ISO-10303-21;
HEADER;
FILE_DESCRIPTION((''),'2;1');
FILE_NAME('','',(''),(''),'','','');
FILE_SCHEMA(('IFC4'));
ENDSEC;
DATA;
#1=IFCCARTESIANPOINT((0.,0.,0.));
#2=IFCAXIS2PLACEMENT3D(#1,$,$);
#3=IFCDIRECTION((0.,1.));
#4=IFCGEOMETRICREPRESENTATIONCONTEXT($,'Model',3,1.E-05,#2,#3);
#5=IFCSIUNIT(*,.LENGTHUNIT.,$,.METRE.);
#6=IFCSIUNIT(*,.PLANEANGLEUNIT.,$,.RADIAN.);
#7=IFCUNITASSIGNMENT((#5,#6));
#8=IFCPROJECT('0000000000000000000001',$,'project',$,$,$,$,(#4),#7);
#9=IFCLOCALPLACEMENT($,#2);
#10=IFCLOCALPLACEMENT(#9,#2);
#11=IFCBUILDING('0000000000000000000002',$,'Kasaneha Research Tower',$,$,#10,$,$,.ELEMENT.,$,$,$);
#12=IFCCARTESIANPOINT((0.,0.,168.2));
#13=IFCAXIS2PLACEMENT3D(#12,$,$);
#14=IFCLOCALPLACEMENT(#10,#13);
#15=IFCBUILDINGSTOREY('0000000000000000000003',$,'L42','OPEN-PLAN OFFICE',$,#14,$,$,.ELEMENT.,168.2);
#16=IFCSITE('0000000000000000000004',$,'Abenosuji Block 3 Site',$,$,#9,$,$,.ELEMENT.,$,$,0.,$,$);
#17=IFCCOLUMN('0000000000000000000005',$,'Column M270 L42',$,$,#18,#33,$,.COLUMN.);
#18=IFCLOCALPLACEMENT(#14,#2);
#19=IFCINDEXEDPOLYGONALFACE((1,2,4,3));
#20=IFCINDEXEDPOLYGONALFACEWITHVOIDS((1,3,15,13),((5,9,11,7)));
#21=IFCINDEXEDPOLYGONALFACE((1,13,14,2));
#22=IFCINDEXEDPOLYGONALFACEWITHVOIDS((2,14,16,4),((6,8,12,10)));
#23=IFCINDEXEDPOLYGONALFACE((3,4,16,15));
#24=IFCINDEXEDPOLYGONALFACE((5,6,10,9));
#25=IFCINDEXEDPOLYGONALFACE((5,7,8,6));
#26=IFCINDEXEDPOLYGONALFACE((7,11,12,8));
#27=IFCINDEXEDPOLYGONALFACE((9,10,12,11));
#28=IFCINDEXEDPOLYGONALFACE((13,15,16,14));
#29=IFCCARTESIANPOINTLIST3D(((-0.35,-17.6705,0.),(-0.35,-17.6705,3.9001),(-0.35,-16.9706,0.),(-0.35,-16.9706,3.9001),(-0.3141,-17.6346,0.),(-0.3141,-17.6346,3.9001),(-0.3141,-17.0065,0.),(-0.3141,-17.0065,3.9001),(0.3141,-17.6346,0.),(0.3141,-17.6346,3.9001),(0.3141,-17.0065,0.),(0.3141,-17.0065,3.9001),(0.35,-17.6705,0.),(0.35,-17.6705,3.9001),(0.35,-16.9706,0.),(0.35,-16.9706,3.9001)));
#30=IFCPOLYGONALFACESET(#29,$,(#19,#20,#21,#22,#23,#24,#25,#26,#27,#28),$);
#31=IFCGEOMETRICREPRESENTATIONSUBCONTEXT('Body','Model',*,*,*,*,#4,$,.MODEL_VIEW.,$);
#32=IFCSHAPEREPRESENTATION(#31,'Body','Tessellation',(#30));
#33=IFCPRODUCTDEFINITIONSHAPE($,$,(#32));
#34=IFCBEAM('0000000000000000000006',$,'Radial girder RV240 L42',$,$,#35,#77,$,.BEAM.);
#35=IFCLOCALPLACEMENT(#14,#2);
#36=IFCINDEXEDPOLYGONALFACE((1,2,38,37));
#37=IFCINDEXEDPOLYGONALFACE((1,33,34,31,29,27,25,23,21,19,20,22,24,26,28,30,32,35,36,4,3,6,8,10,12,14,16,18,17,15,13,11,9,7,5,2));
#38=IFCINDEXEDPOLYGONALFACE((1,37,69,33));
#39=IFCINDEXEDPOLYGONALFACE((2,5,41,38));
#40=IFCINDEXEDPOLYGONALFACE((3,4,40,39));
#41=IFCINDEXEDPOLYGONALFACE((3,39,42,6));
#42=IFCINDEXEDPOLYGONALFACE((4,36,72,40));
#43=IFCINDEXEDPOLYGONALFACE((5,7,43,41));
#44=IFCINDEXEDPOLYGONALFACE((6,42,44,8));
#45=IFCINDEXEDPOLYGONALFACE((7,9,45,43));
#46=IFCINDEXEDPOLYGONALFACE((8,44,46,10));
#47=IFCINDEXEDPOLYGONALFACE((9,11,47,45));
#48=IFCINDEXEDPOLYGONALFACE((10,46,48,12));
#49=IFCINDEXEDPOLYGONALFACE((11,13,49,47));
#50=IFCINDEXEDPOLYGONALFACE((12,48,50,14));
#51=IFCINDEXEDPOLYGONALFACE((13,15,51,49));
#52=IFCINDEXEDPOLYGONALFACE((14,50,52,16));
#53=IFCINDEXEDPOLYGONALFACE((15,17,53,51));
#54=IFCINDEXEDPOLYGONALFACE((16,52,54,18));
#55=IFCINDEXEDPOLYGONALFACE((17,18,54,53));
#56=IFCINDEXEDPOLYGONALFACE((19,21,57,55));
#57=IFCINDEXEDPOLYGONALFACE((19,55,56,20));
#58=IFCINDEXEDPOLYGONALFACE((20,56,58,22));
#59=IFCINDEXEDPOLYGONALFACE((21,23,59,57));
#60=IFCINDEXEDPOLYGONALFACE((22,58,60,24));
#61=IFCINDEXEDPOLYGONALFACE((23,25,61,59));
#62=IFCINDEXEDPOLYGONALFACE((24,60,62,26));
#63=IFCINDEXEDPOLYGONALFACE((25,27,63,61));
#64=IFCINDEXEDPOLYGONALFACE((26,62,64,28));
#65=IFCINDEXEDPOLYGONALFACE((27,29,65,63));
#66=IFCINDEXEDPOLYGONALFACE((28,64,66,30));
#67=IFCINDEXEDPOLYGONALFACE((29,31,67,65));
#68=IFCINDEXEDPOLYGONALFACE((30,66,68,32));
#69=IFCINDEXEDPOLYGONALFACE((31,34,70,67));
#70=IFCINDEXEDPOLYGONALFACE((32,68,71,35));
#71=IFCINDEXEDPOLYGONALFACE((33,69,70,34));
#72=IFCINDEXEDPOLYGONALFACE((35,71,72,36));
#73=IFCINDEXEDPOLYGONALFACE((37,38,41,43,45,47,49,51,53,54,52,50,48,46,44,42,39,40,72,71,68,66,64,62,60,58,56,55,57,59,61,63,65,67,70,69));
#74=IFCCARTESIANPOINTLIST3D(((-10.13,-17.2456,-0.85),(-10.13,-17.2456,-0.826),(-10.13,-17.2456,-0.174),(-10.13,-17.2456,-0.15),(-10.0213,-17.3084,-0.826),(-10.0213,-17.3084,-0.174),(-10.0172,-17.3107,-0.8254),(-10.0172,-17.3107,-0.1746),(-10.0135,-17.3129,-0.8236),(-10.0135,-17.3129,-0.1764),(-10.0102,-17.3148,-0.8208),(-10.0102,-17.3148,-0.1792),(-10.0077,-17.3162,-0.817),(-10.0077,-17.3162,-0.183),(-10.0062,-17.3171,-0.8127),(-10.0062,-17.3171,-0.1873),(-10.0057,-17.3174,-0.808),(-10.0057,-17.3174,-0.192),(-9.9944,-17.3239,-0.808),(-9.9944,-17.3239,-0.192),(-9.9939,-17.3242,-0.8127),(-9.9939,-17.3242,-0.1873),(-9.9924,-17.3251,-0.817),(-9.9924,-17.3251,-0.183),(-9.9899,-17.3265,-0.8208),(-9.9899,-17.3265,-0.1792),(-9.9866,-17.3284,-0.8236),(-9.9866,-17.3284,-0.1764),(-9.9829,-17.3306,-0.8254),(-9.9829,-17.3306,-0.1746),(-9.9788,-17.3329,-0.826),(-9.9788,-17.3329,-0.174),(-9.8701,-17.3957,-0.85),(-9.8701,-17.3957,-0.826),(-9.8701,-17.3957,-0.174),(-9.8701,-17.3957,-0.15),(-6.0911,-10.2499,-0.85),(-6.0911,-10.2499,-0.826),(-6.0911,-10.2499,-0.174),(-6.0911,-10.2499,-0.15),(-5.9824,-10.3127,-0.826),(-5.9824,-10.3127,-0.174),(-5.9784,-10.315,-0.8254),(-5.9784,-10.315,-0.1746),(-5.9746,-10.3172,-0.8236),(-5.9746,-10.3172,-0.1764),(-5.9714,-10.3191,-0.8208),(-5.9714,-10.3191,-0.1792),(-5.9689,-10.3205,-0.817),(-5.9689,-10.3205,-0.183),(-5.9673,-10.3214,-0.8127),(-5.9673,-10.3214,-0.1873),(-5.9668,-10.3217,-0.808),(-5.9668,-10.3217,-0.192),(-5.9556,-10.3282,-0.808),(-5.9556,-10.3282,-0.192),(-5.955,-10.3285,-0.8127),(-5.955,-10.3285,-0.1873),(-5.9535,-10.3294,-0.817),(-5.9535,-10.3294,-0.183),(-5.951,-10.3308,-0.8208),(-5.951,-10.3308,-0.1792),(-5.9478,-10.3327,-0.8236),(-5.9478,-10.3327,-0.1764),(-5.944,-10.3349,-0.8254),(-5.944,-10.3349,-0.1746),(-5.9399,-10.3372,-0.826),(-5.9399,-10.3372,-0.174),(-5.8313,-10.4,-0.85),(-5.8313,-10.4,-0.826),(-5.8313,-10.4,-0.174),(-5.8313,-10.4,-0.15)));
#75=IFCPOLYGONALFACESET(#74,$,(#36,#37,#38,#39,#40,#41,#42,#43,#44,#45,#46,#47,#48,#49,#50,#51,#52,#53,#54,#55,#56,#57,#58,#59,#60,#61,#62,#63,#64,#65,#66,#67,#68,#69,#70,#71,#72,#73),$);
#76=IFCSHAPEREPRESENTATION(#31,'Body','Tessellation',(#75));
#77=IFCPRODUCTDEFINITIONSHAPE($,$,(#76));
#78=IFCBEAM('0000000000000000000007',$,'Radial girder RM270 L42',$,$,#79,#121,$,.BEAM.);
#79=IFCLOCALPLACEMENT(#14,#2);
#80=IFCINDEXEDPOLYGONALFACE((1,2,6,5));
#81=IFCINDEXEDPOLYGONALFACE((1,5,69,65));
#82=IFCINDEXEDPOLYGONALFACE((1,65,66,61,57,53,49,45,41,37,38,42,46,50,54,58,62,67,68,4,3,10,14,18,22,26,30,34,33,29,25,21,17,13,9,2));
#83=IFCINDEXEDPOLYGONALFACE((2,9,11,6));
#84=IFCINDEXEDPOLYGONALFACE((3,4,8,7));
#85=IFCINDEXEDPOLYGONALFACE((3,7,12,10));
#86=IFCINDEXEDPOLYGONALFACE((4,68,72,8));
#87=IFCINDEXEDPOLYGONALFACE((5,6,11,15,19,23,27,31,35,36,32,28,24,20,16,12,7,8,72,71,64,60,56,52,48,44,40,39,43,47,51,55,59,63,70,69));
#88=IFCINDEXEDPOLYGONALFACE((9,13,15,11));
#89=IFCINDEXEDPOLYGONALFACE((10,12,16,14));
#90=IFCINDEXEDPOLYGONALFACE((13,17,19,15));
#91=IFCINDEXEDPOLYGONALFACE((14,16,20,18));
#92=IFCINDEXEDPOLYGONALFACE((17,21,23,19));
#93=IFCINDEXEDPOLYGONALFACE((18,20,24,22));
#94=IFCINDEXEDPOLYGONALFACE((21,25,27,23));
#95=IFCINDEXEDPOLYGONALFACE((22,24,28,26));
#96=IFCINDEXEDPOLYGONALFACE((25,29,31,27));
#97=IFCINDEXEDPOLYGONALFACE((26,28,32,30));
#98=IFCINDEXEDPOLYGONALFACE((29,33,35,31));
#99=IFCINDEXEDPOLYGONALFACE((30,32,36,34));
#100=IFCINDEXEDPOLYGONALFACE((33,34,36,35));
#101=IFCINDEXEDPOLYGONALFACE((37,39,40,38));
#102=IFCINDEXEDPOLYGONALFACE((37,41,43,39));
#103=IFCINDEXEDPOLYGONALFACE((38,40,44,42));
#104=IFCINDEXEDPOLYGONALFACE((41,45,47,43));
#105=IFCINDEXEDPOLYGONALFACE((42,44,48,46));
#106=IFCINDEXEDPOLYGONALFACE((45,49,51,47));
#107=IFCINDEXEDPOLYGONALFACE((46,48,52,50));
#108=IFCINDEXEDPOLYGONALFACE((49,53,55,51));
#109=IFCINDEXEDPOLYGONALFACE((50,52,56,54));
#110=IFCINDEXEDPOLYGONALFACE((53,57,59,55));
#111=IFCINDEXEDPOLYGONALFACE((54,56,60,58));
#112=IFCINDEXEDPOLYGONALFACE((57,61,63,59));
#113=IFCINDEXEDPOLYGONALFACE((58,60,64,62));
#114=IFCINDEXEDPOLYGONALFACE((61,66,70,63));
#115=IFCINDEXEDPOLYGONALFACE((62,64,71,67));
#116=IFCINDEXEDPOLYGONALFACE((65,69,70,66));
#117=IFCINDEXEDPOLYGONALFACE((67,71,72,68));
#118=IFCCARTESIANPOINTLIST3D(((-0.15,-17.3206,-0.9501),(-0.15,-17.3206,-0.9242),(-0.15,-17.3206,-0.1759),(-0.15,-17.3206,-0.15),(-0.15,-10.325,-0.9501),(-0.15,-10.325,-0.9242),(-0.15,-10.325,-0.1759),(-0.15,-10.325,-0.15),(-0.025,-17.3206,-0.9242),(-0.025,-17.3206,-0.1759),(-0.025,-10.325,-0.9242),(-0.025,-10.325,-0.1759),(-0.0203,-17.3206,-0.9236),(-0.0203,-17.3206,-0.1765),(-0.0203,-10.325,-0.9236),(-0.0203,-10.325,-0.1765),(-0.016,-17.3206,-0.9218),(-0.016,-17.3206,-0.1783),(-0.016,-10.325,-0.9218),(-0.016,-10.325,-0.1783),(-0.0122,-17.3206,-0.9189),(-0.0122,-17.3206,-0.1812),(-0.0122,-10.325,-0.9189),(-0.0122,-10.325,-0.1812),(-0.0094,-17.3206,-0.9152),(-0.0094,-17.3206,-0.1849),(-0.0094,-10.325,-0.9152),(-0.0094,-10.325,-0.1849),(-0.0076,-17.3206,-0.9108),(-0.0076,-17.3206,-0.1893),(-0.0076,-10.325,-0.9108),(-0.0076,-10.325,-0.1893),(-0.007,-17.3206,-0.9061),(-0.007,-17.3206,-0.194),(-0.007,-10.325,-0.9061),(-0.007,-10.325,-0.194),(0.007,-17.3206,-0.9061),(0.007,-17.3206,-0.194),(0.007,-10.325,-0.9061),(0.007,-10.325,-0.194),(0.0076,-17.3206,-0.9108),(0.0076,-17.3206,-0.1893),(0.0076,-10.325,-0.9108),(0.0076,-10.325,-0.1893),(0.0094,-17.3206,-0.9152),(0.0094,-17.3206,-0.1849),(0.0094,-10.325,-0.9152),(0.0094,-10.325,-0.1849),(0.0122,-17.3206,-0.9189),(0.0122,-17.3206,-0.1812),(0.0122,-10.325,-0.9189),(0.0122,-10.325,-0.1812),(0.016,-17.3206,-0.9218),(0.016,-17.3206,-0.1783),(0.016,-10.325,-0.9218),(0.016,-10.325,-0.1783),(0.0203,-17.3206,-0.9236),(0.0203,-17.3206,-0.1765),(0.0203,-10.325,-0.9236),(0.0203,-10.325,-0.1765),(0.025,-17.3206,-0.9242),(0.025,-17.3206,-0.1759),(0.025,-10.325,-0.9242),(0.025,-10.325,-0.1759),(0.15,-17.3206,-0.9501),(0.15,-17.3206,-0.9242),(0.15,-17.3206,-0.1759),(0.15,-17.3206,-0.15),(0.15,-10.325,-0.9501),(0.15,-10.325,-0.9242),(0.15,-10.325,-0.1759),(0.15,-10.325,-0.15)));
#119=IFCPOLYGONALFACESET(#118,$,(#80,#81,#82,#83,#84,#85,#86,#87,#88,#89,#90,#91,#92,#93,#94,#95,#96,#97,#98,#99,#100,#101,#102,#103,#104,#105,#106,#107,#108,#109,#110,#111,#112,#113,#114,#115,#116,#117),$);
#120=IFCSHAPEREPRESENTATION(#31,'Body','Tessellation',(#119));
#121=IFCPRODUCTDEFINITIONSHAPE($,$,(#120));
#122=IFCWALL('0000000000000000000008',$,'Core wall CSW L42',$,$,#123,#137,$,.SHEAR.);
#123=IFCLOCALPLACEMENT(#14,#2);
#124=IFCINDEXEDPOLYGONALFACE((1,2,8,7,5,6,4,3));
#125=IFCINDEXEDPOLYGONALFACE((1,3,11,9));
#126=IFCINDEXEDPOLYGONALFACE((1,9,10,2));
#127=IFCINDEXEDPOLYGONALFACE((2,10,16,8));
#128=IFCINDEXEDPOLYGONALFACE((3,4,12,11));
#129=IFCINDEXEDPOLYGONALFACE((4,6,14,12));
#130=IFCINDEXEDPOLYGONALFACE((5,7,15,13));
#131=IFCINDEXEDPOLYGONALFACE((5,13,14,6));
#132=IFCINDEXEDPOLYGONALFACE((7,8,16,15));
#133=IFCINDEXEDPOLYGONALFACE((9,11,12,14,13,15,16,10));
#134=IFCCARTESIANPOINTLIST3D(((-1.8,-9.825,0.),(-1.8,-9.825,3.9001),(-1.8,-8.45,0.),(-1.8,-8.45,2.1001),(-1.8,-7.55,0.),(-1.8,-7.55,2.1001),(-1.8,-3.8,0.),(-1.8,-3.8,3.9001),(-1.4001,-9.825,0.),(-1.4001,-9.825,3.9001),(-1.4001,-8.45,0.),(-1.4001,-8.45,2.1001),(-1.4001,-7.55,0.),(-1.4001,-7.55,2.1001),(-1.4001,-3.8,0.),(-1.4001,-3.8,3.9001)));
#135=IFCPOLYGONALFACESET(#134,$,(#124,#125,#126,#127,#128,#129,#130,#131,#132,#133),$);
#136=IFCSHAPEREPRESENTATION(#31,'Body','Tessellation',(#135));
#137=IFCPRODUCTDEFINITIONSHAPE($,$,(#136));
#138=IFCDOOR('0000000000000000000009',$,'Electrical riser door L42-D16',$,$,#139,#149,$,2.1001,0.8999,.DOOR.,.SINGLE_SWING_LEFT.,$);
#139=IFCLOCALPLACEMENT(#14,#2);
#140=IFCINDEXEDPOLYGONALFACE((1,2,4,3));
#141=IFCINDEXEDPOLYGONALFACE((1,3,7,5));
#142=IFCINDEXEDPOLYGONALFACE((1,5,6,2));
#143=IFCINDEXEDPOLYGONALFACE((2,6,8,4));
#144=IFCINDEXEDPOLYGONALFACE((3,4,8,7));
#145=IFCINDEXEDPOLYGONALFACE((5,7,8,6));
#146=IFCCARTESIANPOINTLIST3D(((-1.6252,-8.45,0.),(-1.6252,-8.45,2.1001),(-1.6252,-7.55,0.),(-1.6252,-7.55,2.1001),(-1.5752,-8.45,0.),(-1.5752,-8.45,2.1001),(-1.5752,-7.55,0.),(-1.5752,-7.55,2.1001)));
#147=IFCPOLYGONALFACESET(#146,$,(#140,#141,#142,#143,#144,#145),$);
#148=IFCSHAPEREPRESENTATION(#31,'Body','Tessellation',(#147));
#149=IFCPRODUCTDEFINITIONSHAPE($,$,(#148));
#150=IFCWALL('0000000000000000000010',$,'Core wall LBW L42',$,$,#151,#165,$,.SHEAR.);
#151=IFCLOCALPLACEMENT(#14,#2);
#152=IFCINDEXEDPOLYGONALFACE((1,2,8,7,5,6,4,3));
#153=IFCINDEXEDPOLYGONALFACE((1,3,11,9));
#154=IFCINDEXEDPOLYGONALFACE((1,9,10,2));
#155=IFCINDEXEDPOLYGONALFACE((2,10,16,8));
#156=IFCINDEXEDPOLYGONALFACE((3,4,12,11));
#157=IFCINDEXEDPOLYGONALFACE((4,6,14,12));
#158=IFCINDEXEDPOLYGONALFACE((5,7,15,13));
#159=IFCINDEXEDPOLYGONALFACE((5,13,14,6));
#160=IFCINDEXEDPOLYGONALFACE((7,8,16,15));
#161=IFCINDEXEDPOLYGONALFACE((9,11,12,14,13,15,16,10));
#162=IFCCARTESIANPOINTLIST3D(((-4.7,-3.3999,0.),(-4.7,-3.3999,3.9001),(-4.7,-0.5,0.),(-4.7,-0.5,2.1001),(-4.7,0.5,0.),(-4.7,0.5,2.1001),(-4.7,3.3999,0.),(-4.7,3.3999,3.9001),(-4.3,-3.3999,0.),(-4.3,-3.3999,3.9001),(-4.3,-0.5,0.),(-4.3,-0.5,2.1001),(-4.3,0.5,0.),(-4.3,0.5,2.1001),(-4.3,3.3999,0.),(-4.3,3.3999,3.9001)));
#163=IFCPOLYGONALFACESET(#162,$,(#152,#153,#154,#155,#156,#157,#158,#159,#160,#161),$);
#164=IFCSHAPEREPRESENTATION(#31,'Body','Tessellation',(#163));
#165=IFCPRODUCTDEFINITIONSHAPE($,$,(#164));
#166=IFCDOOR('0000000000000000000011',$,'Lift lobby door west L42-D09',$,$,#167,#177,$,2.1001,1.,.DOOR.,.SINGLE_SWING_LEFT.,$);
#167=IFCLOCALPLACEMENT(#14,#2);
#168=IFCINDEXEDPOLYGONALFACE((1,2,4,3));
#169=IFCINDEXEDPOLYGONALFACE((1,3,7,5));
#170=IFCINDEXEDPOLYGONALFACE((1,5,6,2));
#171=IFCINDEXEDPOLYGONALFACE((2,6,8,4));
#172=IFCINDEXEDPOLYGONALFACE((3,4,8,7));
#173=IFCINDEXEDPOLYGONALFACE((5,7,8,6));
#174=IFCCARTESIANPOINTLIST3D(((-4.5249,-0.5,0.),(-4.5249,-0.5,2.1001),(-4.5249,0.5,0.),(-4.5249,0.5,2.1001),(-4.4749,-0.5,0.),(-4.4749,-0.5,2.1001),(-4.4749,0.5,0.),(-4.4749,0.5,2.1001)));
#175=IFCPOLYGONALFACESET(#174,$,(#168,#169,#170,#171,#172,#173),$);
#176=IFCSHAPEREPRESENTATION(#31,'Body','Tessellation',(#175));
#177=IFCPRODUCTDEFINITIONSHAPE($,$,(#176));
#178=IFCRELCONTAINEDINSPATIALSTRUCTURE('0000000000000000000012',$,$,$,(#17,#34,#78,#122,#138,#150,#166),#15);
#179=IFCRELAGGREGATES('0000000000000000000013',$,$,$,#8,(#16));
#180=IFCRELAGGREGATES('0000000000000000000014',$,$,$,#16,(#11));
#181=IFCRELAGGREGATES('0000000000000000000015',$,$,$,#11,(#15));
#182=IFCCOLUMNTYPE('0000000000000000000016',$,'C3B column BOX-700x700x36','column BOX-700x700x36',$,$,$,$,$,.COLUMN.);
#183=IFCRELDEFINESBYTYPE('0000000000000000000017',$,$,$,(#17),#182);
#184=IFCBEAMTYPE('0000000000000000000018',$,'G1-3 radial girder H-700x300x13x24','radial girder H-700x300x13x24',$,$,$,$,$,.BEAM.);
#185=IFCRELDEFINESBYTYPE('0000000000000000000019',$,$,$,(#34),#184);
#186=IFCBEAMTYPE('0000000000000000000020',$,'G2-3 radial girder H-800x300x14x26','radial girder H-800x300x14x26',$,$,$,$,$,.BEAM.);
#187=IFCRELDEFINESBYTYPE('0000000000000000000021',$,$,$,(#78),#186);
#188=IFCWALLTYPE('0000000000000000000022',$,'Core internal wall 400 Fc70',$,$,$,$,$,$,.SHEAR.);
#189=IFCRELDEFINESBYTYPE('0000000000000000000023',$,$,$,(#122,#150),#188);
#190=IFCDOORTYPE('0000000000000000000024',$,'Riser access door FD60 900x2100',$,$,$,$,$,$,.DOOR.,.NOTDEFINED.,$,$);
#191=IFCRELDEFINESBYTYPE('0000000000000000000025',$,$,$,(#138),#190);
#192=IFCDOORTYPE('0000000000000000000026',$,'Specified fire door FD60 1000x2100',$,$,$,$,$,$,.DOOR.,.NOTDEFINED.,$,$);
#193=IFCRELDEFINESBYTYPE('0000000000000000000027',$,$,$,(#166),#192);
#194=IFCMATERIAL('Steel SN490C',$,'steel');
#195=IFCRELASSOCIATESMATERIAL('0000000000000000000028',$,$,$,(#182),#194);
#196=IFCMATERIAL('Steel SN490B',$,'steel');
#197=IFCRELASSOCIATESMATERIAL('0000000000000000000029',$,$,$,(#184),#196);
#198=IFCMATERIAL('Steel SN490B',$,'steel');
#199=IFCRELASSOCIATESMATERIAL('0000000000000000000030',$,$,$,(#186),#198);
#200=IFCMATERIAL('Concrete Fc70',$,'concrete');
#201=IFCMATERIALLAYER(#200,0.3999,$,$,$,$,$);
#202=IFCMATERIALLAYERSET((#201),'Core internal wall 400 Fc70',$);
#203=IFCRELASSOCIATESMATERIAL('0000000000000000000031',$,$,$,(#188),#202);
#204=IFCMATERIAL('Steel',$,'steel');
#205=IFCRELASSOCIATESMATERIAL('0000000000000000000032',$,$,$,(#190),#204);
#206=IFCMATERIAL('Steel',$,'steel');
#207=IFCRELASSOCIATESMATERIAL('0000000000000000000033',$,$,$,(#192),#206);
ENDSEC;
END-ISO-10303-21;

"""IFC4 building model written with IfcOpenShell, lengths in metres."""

from ifc_helpers import new_model, si_unit, direction, frame, frame_2d, origin, origin_2d, place, context, subcontext, project, spatial, rectangle, hollow_rectangle, i_section, extrude, material, layer, layer_set, material_profile, profile_set, type_object, element, fill, save


model = new_model("IFC4")

# Units and contexts
model_context = context("Model", 3, precision=1e-05, world=origin(), true_north=direction((0.0, 1.0)))
body_context = subcontext(model_context, "Body", "Model", "MODEL_VIEW")
ifc_project = project(units=[si_unit("LENGTHUNIT", "METRE"), si_unit("PLANEANGLEUNIT", "RADIAN")], contexts=[model_context])

# Site, building, storey
site_placement = place(None, origin())
site = spatial("IfcSite", under=ifc_project, at=site_placement, Name="Abenosuji Block 3 Site", CompositionType="ELEMENT", RefElevation=0.0)
building_placement = place(site_placement, origin())
building = spatial("IfcBuilding", under=site, at=building_placement, Name="Kasaneha Research Tower", CompositionType="ELEMENT")
storey_placement = place(building_placement, frame((0.0, 0.0, 168.2)))
storey = spatial("IfcBuildingStorey", under=building, at=storey_placement, Name="L42", Description="OPEN-PLAN OFFICE", CompositionType="ELEMENT", Elevation=168.2)

# Column
ifc_material_1 = material(Name="Steel SN490C", Category="steel")
ifc_material_profile_1 = material_profile(ifc_material_1, hollow_rectangle(XDim=0.7, YDim=0.7, WallThickness=0.0359, at=origin_2d()), Name="BOX-700x700x36")
ifc_profile_set_1 = profile_set([ifc_material_profile_1], Name="Steel SN490C")
column_type = type_object("IfcColumnType", Name="C3B column BOX-700x700x36", Description="column BOX-700x700x36", PredefinedType="COLUMN", material=ifc_profile_set_1)
column_placement = place(storey_placement, frame((0.0, -17.3206, 0.0), z_axis=(0.0, 0.0, 1.0), x_axis=(1.0, 0.0, 0.0)))
element("IfcColumn", 1, at=column_placement, inside=storey, type_object=column_type, Name="Column M270 L42", PredefinedType="COLUMN", context=body_context, shape_type="SweptSolid", body=[
    extrude(hollow_rectangle(XDim=0.7, YDim=0.7, WallThickness=0.0359, at=origin_2d()), origin(), (0.0, 0.0, 1.0), 3.9001),
])

# Beams
ifc_material_2 = material(Name="Steel SN490B", Category="steel")
ifc_material_profile_2 = material_profile(ifc_material_2, i_section(OverallWidth=0.3, OverallDepth=0.7, WebThickness=0.0129, FlangeThickness=0.0239, FilletRadius=0.0181, at=origin_2d()), Name="H-700x300x13x24")
ifc_profile_set_2 = profile_set([ifc_material_profile_2], Name="Steel SN490B")
beam_type_1 = type_object("IfcBeamType", Name="G1-3 radial girder H-700x300x13x24", Description="radial girder H-700x300x13x24", PredefinedType="BEAM", material=ifc_profile_set_2)
beam_1_placement = place(storey_placement, frame((-5.9612, -10.325, -0.5), z_axis=(-0.499991, -0.866031, 0.0), x_axis=(0.866031, -0.499991, 0.0)))
element("IfcBeam", 2, at=beam_1_placement, inside=storey, type_object=beam_type_1, Name="Radial girder RV240 L42", PredefinedType="BEAM", context=body_context, shape_type="SweptSolid", body=[
    extrude(i_section(OverallWidth=0.3, OverallDepth=0.7, WebThickness=0.0129, FlangeThickness=0.0239, FilletRadius=0.0181, at=origin_2d()), origin(), (0.0, 0.0, 1.0), 8.0779),
])
ifc_material_3 = material(Name="Steel SN490B", Category="steel")
ifc_material_profile_3 = material_profile(ifc_material_3, i_section(OverallWidth=0.3, OverallDepth=0.8, WebThickness=0.0139, FlangeThickness=0.0259, FilletRadius=0.0181, at=origin_2d()), Name="H-800x300x14x26")
ifc_profile_set_3 = profile_set([ifc_material_profile_3], Name="Steel SN490B")
beam_type_2 = type_object("IfcBeamType", Name="G2-3 radial girder H-800x300x14x26", Description="radial girder H-800x300x14x26", PredefinedType="BEAM", material=ifc_profile_set_3)
beam_2_placement = place(storey_placement, frame((0.0, -10.325, -0.55), z_axis=(0.0, -1.0, 0.0), x_axis=(1.0, 0.0, 0.0)))
element("IfcBeam", 3, at=beam_2_placement, inside=storey, type_object=beam_type_2, Name="Radial girder RM270 L42", PredefinedType="BEAM", context=body_context, shape_type="SweptSolid", body=[
    extrude(i_section(OverallWidth=0.3, OverallDepth=0.8, WebThickness=0.0139, FlangeThickness=0.0259, FilletRadius=0.0181, at=origin_2d()), origin(), (0.0, 0.0, 1.0), 6.9956),
])

# Walls, openings, doors
ifc_material_4 = material(Name="Concrete Fc70", Category="concrete")
ifc_layer_1 = layer(ifc_material_4, 0.3999)
ifc_layer_set_1 = layer_set([ifc_layer_1], Name="Core internal wall 400 Fc70")
wall_type_1 = type_object("IfcWallType", Name="Core internal wall 400 Fc70", PredefinedType="SHEAR", material=ifc_layer_set_1)
wall_1_placement = place(storey_placement, frame((-1.6001, -3.8, 0.0), z_axis=(0.0, 0.0, 1.0), x_axis=(0.0, -1.0, 0.0)))
wall_1 = element("IfcWall", 4, at=wall_1_placement, inside=storey, type_object=wall_type_1, Name="Core wall CSW L42", PredefinedType="SHEAR", context=body_context, shape_type="SweptSolid", body=[
    extrude(rectangle(XDim=6.0249, YDim=0.3999, at=frame_2d((3.0125, 0.0))), origin(), (0.0, 0.0, 1.0), 3.9001),
])
opening_1_placement = place(wall_1_placement, frame((3.75, 0.0, 0.0)))
opening_1 = element("IfcOpeningElement", 5, at=opening_1_placement, cuts=wall_1, PredefinedType="OPENING", context=body_context, shape_type="SweptSolid", body=[
    extrude(rectangle(XDim=0.8999, YDim=2.1001, at=frame_2d((0.45, 1.05))), frame((0.0, 0.21, 0.0), z_axis=(0.0, -1.0, 0.0), x_axis=(1.0, 0.0, 0.0)), (0.0, 0.0, 1.0), 0.4199),
])
ifc_material_5 = material(Name="Steel", Category="steel")
door_type_1 = type_object("IfcDoorType", Name="Riser access door FD60 900x2100", OperationType="NOTDEFINED", PredefinedType="DOOR", material=ifc_material_5)
door_1_placement = place(opening_1_placement, origin())
door_1 = element("IfcDoor", 6, at=door_1_placement, inside=storey, type_object=door_type_1, Name="Electrical riser door L42-D16", OperationType="SINGLE_SWING_LEFT", OverallHeight=2.1001, OverallWidth=0.8999, PredefinedType="DOOR", context=body_context, shape_type="SweptSolid", body=[
    extrude(rectangle(XDim=0.8999, YDim=2.1001, at=frame_2d((0.45, 1.05))), frame((0.0, 0.0249, 0.0), z_axis=(0.0, -1.0, 0.0), x_axis=(1.0, 0.0, 0.0)), (0.0, 0.0, 1.0), 0.05),
])
fill(opening_1, door_1)
wall_2_placement = place(storey_placement, frame((-4.5, -3.3999, 0.0), z_axis=(0.0, 0.0, 1.0), x_axis=(0.0, 1.0, 0.0)))
wall_2 = element("IfcWall", 7, at=wall_2_placement, inside=storey, type_object=wall_type_1, Name="Core wall LBW L42", PredefinedType="SHEAR", context=body_context, shape_type="SweptSolid", body=[
    extrude(rectangle(XDim=6.7998, YDim=0.3999, at=frame_2d((3.3999, 0.0))), origin(), (0.0, 0.0, 1.0), 3.9001),
])
opening_2_placement = place(wall_2_placement, frame((2.8999, 0.0, 0.0)))
opening_2 = element("IfcOpeningElement", 8, at=opening_2_placement, cuts=wall_2, PredefinedType="OPENING", context=body_context, shape_type="SweptSolid", body=[
    extrude(rectangle(XDim=1.0, YDim=2.1001, at=frame_2d((0.5, 1.05))), frame((0.0, 0.21, 0.0), z_axis=(0.0, -1.0, 0.0), x_axis=(1.0, 0.0, 0.0)), (0.0, 0.0, 1.0), 0.4199),
])
ifc_material_6 = material(Name="Steel", Category="steel")
door_type_2 = type_object("IfcDoorType", Name="Specified fire door FD60 1000x2100", OperationType="NOTDEFINED", PredefinedType="DOOR", material=ifc_material_6)
door_2_placement = place(opening_2_placement, origin())
door_2 = element("IfcDoor", 9, at=door_2_placement, inside=storey, type_object=door_type_2, Name="Lift lobby door west L42-D09", OperationType="SINGLE_SWING_LEFT", OverallHeight=2.1001, OverallWidth=1.0, PredefinedType="DOOR", context=body_context, shape_type="SweptSolid", body=[
    extrude(rectangle(XDim=1.0, YDim=2.1001, at=frame_2d((0.5, 1.05))), frame((0.0, 0.0249, 0.0), z_axis=(0.0, -1.0, 0.0), x_axis=(1.0, 0.0, 0.0)), (0.0, 0.0, 1.0), 0.05),
])
fill(opening_2, door_2)

save(model, "model.ifc")
